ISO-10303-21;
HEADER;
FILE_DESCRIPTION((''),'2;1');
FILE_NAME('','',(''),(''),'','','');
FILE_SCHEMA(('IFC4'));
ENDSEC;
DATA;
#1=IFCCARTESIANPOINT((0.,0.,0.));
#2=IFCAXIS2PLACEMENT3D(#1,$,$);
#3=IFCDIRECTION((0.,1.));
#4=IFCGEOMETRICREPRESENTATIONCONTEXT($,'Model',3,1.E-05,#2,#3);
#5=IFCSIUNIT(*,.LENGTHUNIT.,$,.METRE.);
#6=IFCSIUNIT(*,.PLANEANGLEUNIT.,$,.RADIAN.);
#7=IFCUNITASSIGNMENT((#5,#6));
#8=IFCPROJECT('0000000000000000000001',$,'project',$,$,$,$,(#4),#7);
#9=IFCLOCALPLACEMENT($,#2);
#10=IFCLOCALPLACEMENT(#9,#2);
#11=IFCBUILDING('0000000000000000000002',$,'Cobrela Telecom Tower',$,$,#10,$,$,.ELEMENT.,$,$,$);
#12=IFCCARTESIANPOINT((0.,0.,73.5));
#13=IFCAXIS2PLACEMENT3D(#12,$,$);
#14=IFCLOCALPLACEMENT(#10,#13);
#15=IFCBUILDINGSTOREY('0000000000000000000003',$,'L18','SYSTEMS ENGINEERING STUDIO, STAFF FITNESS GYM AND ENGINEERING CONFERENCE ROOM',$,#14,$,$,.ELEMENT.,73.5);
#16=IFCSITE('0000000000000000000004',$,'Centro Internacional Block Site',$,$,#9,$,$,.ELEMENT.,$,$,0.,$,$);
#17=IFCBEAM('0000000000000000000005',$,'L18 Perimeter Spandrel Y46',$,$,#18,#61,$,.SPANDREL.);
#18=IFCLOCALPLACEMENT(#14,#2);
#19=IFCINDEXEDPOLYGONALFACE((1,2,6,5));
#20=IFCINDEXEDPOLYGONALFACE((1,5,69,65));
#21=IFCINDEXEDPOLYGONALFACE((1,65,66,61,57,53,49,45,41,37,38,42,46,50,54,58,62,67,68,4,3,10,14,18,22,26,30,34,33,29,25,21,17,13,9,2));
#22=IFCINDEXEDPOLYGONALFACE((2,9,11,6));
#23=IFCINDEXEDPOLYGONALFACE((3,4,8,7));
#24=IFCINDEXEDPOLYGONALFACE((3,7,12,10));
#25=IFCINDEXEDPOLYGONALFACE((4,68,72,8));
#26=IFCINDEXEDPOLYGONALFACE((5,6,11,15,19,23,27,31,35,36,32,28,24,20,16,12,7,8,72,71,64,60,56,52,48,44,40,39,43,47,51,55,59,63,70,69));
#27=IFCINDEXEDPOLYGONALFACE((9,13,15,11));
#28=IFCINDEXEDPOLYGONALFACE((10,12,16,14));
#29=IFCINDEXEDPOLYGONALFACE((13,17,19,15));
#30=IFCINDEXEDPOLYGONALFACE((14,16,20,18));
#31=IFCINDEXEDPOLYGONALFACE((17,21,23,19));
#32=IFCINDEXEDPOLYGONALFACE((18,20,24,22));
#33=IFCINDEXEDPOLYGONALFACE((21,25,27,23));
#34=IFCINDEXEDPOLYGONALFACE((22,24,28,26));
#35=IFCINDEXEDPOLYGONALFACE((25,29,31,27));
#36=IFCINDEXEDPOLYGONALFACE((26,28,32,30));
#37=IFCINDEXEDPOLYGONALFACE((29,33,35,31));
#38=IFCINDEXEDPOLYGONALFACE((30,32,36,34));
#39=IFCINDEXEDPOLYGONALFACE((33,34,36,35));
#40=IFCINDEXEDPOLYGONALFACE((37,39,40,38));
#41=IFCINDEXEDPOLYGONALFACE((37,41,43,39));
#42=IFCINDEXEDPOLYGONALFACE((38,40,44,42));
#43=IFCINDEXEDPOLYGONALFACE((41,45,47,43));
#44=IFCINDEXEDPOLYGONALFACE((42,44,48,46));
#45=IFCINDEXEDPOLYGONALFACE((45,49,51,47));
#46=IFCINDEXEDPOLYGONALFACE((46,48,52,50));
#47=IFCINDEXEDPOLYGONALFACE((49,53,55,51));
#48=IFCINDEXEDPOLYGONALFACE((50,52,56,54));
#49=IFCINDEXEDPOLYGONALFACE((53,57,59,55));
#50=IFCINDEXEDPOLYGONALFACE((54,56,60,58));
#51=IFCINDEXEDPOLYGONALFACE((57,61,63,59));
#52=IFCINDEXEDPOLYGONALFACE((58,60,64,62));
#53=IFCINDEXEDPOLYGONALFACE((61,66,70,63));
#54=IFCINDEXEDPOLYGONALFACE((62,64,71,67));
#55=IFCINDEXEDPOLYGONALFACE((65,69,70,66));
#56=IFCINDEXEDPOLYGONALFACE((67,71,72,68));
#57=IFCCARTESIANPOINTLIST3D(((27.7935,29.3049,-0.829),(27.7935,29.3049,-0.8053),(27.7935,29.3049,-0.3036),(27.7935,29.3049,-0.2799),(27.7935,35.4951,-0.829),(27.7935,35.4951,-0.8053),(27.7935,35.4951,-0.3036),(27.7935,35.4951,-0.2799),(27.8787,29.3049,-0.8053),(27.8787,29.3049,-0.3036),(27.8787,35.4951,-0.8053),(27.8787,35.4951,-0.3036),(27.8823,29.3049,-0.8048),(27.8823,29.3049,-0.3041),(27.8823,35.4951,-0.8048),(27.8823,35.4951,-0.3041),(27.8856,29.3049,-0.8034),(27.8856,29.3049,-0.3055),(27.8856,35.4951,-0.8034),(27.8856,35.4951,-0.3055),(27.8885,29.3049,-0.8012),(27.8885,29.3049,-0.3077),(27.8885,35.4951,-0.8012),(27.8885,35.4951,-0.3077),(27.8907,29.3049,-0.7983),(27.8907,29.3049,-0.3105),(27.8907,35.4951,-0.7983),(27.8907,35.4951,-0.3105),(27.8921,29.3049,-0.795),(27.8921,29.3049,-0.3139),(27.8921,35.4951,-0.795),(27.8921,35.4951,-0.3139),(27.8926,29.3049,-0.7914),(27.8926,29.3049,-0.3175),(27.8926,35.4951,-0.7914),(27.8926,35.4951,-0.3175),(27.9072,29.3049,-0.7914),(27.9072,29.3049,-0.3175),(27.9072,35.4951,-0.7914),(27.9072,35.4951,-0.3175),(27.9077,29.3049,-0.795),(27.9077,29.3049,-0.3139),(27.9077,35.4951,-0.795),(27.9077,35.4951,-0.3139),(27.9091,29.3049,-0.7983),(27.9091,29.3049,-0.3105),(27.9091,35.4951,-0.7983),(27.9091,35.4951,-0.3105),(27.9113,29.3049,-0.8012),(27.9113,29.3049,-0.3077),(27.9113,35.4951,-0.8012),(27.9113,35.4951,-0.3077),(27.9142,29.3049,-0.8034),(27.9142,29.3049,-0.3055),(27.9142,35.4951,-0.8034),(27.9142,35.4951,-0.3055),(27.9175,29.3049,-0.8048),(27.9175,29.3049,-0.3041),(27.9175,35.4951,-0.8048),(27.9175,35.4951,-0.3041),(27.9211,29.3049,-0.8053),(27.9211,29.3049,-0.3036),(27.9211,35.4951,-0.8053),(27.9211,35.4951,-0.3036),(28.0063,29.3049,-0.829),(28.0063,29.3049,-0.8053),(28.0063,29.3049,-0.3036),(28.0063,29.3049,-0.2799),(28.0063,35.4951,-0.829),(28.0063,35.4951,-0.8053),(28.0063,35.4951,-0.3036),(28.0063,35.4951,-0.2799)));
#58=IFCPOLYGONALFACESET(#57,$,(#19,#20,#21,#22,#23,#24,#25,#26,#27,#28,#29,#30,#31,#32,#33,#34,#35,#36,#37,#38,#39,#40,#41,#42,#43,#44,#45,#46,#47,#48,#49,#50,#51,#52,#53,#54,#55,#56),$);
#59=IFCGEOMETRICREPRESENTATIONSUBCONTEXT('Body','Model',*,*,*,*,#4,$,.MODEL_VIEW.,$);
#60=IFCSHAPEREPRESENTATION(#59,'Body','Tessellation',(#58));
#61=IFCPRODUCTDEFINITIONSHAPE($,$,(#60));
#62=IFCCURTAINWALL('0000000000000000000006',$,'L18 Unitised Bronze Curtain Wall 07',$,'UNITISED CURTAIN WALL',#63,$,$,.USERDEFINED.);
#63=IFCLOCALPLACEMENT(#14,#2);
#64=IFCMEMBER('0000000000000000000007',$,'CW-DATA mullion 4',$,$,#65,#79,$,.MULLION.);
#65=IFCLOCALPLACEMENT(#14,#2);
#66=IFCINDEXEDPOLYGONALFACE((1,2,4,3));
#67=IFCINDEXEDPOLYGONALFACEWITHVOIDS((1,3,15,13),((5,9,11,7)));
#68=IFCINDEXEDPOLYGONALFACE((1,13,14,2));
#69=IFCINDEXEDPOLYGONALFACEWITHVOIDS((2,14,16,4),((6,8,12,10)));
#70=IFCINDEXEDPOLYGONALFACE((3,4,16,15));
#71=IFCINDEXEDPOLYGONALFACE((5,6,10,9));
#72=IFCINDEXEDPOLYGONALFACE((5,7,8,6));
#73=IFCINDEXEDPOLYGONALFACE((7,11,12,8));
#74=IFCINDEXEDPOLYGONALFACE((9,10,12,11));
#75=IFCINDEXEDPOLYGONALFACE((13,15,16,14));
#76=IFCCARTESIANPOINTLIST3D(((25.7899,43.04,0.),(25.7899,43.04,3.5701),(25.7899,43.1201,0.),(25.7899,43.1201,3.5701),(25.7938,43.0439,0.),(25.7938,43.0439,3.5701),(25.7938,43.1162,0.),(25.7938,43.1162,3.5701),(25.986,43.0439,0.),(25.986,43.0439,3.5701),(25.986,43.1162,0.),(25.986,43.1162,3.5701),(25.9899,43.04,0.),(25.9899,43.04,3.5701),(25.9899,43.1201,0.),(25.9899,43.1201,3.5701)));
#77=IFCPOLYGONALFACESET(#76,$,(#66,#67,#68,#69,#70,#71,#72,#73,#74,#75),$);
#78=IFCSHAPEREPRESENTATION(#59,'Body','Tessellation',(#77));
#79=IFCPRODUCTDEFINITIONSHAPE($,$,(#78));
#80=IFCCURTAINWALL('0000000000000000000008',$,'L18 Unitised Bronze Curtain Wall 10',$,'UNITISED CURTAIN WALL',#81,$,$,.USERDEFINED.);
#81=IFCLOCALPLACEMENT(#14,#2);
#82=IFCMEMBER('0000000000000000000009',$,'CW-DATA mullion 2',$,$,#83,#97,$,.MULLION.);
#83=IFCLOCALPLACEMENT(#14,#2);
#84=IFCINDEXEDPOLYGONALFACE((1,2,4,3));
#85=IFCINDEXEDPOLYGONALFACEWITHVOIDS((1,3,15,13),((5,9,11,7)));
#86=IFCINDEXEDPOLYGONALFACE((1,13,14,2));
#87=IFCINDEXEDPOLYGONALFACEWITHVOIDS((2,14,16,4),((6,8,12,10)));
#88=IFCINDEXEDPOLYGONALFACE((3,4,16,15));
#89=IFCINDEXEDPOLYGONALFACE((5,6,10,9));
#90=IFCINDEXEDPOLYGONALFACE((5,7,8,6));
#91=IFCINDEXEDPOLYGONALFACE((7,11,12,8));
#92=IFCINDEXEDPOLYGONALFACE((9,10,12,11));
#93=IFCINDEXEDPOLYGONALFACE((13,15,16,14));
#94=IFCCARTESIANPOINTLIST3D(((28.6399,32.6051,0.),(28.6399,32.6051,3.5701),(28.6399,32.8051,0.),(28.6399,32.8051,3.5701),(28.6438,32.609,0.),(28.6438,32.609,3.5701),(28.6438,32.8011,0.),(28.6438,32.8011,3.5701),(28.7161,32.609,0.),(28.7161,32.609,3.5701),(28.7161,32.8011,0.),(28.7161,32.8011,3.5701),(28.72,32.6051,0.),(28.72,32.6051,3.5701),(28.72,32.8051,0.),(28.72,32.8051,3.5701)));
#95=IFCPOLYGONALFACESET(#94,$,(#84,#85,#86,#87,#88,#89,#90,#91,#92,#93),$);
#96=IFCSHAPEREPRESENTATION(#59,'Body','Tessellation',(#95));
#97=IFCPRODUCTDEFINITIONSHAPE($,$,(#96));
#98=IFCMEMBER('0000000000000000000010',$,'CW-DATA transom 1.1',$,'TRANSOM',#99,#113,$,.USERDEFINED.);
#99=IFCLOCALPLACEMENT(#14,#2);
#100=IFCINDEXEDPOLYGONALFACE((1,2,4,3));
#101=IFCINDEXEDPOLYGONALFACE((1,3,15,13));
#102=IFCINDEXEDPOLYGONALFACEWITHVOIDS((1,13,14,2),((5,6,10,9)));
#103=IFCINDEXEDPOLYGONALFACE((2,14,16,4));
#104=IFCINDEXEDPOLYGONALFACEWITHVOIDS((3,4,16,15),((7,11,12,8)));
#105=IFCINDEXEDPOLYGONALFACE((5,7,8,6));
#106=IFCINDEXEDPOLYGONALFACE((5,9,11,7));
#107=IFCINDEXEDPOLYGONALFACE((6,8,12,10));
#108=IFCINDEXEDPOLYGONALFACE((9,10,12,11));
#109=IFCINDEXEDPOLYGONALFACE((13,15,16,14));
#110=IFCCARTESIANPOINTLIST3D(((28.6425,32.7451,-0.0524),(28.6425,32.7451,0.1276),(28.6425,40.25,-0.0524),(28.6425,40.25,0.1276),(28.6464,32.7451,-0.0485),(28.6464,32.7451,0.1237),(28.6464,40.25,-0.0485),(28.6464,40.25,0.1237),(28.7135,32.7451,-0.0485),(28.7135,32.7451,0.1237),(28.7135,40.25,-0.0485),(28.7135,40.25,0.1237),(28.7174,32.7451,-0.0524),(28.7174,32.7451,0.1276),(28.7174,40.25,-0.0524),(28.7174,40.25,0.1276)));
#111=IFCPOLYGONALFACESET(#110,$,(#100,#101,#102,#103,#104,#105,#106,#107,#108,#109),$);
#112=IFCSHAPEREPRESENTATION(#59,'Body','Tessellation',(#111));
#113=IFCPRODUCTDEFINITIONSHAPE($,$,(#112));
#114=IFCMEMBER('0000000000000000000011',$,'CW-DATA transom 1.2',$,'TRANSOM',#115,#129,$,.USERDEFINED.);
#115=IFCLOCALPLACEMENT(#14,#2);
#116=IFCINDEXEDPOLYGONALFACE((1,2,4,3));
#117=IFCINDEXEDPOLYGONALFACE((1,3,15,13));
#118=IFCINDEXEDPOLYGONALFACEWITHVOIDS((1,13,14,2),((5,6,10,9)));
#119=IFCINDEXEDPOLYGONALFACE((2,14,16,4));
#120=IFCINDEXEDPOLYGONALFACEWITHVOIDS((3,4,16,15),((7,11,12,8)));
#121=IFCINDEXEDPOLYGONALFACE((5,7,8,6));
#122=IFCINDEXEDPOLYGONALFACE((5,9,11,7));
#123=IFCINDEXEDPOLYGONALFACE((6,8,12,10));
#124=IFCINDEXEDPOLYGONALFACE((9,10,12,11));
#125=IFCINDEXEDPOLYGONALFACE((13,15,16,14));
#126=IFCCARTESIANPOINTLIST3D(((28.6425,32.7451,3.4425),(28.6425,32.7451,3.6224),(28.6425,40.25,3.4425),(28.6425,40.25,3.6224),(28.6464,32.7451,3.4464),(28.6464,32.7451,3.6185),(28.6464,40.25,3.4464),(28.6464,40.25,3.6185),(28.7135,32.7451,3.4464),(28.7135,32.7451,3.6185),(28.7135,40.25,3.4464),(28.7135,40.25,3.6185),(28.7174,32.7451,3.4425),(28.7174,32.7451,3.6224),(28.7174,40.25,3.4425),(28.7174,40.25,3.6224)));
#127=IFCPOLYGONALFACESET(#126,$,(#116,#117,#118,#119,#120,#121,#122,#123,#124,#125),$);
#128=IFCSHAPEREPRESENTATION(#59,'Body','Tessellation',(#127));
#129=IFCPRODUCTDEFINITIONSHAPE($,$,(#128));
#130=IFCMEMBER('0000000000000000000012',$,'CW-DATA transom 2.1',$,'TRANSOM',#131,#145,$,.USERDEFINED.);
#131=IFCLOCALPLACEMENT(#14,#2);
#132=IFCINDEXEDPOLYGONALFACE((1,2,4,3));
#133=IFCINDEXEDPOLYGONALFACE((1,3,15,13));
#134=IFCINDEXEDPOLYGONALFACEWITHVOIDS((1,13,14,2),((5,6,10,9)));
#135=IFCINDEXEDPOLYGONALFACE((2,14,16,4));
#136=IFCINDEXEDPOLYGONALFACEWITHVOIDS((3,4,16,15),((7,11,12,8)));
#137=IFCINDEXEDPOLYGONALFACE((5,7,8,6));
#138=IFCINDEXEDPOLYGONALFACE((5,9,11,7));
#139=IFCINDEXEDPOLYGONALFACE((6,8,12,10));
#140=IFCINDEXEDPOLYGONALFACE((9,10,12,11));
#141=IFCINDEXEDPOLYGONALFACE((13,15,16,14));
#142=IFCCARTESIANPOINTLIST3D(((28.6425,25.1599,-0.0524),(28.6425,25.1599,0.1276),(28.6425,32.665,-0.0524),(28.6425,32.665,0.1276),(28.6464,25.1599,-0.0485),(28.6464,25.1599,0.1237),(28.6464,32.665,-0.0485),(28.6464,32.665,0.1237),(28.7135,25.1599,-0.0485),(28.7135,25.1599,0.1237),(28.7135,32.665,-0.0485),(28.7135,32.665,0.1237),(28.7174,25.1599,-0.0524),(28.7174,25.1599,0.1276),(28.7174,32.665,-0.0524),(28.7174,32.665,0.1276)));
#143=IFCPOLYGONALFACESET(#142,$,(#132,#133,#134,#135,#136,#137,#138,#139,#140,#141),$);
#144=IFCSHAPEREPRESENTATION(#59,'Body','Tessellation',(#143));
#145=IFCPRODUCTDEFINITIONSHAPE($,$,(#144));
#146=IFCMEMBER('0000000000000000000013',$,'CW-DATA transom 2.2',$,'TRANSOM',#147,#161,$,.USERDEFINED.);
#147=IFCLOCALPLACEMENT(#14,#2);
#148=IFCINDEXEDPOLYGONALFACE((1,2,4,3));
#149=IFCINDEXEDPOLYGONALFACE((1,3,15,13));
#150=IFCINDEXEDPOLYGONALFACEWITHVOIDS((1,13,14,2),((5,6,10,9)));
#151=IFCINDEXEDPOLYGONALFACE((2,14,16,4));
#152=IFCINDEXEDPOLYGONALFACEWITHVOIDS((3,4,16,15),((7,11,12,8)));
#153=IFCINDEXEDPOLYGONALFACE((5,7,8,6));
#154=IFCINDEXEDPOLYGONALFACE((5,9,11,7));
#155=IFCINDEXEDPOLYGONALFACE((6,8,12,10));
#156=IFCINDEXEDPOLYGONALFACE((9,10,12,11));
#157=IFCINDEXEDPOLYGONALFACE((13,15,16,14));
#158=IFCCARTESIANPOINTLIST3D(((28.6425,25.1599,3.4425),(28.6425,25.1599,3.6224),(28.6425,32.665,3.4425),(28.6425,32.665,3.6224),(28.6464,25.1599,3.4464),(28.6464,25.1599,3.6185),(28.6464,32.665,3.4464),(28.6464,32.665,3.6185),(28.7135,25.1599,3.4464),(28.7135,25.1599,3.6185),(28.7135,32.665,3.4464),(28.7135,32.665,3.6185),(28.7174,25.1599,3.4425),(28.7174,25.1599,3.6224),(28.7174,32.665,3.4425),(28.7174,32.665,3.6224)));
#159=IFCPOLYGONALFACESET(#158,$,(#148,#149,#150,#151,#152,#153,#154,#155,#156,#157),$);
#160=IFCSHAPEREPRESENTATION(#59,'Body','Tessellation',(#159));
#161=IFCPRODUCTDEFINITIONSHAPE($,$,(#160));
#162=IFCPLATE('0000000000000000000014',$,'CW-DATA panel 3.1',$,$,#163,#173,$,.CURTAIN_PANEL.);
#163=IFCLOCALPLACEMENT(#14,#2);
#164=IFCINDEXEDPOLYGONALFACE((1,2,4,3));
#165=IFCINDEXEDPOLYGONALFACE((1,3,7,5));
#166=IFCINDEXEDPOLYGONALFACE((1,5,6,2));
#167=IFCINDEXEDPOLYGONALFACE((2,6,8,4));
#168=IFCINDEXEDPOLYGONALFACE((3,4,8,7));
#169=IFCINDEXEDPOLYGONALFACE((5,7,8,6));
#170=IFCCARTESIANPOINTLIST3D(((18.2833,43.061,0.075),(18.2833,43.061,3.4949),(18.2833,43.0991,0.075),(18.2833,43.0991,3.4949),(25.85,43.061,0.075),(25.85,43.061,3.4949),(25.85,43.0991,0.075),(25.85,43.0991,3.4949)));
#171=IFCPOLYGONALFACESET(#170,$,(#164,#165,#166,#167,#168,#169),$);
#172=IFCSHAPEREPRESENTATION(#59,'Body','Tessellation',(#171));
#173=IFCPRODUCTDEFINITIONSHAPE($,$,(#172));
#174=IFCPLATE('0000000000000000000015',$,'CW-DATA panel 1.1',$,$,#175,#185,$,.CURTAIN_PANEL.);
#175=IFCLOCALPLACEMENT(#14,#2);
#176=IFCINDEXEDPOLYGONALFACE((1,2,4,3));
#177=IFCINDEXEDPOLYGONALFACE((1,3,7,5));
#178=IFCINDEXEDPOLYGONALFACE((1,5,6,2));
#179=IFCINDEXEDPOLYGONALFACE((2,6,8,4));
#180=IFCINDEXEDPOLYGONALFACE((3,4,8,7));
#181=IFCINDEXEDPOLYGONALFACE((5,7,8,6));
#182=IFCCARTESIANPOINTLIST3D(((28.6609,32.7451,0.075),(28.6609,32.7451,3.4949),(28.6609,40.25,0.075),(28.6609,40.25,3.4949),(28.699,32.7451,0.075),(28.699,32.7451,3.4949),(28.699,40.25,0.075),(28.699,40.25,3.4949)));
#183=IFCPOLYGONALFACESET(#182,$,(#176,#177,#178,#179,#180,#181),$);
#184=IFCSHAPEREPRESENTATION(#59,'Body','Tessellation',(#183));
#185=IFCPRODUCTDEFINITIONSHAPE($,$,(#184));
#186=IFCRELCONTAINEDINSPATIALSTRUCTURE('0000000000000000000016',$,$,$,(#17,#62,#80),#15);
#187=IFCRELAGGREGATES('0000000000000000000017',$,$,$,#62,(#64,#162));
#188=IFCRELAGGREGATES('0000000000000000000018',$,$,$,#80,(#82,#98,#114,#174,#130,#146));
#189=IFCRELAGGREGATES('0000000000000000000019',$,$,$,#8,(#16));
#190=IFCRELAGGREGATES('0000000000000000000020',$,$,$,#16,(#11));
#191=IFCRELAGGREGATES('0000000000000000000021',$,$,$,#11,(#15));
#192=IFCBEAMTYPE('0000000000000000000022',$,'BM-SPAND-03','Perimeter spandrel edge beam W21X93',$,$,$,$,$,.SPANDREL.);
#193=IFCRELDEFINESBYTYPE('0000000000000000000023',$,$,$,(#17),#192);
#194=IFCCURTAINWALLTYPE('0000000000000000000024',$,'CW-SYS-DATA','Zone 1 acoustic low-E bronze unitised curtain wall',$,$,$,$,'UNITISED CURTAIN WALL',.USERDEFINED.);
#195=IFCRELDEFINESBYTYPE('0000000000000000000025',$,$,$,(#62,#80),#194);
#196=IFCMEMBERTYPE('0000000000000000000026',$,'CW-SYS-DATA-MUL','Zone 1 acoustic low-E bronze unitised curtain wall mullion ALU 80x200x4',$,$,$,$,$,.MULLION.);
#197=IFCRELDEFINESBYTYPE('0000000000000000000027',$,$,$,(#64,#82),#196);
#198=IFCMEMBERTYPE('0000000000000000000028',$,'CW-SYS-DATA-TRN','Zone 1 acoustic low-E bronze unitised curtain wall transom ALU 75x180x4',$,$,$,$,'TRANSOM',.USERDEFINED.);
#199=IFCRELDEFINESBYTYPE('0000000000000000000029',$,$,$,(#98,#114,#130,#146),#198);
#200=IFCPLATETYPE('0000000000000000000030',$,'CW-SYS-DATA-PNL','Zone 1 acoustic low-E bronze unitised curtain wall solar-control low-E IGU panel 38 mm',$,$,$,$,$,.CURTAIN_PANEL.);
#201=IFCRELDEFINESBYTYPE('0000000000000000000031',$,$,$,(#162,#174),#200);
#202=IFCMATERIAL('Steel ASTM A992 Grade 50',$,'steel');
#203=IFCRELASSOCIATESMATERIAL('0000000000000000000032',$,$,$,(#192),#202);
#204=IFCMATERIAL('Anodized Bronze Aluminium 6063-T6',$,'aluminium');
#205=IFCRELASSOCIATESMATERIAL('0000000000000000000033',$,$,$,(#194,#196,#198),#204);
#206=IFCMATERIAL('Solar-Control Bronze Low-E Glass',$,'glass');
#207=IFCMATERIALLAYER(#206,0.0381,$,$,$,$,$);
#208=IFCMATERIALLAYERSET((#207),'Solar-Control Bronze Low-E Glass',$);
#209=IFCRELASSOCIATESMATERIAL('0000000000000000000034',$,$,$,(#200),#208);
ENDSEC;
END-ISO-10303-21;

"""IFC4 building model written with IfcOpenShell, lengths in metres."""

from ifc_helpers import new_model, si_unit, direction, frame, origin, origin_2d, place, context, subcontext, project, spatial, rectangle, hollow_rectangle, i_section, extrude, material, layer, layer_set, material_profile, profile_set, type_object, element, aggregate, save


model = new_model("IFC4")

# Units and contexts
model_context = context("Model", 3, precision=1e-05, world=origin(), true_north=direction((0.0, 1.0)))
body_context = subcontext(model_context, "Body", "Model", "MODEL_VIEW")
ifc_project = project(units=[si_unit("LENGTHUNIT", "METRE"), si_unit("PLANEANGLEUNIT", "RADIAN")], contexts=[model_context])

# Site, building, storey
site_placement = place(None, origin())
site = spatial("IfcSite", under=ifc_project, at=site_placement, Name="Centro Internacional Block Site", CompositionType="ELEMENT", RefElevation=0.0)
building_placement = place(site_placement, origin())
building = spatial("IfcBuilding", under=site, at=building_placement, Name="Cobrela Telecom Tower", CompositionType="ELEMENT")
storey_placement = place(building_placement, frame((0.0, 0.0, 73.5)))
storey = spatial("IfcBuildingStorey", under=building, at=storey_placement, Name="L18", Description="SYSTEMS ENGINEERING STUDIO, STAFF FITNESS GYM AND ENGINEERING CONFERENCE ROOM", CompositionType="ELEMENT", Elevation=73.5)

# Shared definitions
ifc_material_1 = material(Name="Steel ASTM A992 Grade 50", Category="steel")

# Beam
ifc_material_profile_1 = material_profile(ifc_material_1, i_section(OverallWidth=0.2129, OverallDepth=0.5491, WebThickness=0.0146, FlangeThickness=0.0237, FilletRadius=0.0139, at=origin_2d()), Name="W21X93")
ifc_profile_set_1 = profile_set([ifc_material_profile_1], Name="Steel ASTM A992 Grade 50")
beam_type_1 = type_object("IfcBeamType", Name="BM-SPAND-03", Description="Perimeter spandrel edge beam W21X93", PredefinedType="SPANDREL", material=ifc_profile_set_1)
beam_1_placement = place(storey_placement, frame((27.8999, 29.3049, -0.5544), z_axis=(0.0, 1.0, 0.0), x_axis=(-1.0, 0.0, 0.0)))
element("IfcBeam", 1, at=beam_1_placement, inside=storey, type_object=beam_type_1, Name="L18 Perimeter Spandrel Y46", PredefinedType="SPANDREL", context=body_context, shape_type="SweptSolid", body=[
    extrude(i_section(OverallWidth=0.2129, OverallDepth=0.5491, WebThickness=0.0146, FlangeThickness=0.0237, FilletRadius=0.0139, at=origin_2d()), origin(), (0.0, 0.0, 1.0), 6.1902),
])

# Curtain wall, member
ifc_material_2 = material(Name="Anodized Bronze Aluminium 6063-T6", Category="aluminium")
curtain_wall_type = type_object("IfcCurtainWallType", Name="CW-SYS-DATA", Description="Zone 1 acoustic low-E bronze unitised curtain wall", ElementType="UNITISED CURTAIN WALL", PredefinedType="USERDEFINED", material=ifc_material_2)
curtain_wall_1_placement = place(storey_placement, origin())
curtain_wall_1 = element("IfcCurtainWall", 2, at=curtain_wall_1_placement, inside=storey, type_object=curtain_wall_type, Name="L18 Unitised Bronze Curtain Wall 07", ObjectType="UNITISED CURTAIN WALL", PredefinedType="USERDEFINED")
ifc_material_profile_2 = material_profile(ifc_material_2, hollow_rectangle(XDim=0.0801, YDim=0.2, WallThickness=0.0039, at=origin_2d()), Name="ALU 80x200x4")
ifc_profile_set_2 = profile_set([ifc_material_profile_2], Name="Anodized Bronze Aluminium 6063-T6")
member_type_1 = type_object("IfcMemberType", Name="CW-SYS-DATA-MUL", Description="Zone 1 acoustic low-E bronze unitised curtain wall mullion ALU 80x200x4", PredefinedType="MULLION", material=ifc_profile_set_2)
member_1_placement = place(storey_placement, frame((25.8899, 43.0801, 0.0), z_axis=(0.0, 0.0, 1.0), x_axis=(0.0, 1.0, 0.0)))
member_1 = element("IfcMember", 3, at=member_1_placement, type_object=member_type_1, Name="CW-DATA mullion 4", PredefinedType="MULLION", context=body_context, shape_type="SweptSolid", body=[
    extrude(hollow_rectangle(XDim=0.0801, YDim=0.2, WallThickness=0.0039, at=origin_2d()), origin(), (0.0, 0.0, 1.0), 3.5701),
])

# Curtain wall, members
curtain_wall_2_placement = place(storey_placement, origin())
curtain_wall_2 = element("IfcCurtainWall", 4, at=curtain_wall_2_placement, inside=storey, type_object=curtain_wall_type, Name="L18 Unitised Bronze Curtain Wall 10", ObjectType="UNITISED CURTAIN WALL", PredefinedType="USERDEFINED")
member_2_placement = place(storey_placement, frame((28.6799, 32.7051, 0.0), z_axis=(0.0, 0.0, 1.0), x_axis=(1.0, 0.0, 0.0)))
member_2 = element("IfcMember", 5, at=member_2_placement, type_object=member_type_1, Name="CW-DATA mullion 2", PredefinedType="MULLION", context=body_context, shape_type="SweptSolid", body=[
    extrude(hollow_rectangle(XDim=0.0801, YDim=0.2, WallThickness=0.0039, at=origin_2d()), origin(), (0.0, 0.0, 1.0), 3.5701),
])
ifc_material_profile_3 = material_profile(ifc_material_2, hollow_rectangle(XDim=0.075, YDim=0.1799, WallThickness=0.0039, at=origin_2d()), Name="ALU 75x180x4")
ifc_profile_set_3 = profile_set([ifc_material_profile_3], Name="Anodized Bronze Aluminium 6063-T6")
member_type_2 = type_object("IfcMemberType", Name="CW-SYS-DATA-TRN", Description="Zone 1 acoustic low-E bronze unitised curtain wall transom ALU 75x180x4", ElementType="TRANSOM", PredefinedType="USERDEFINED", material=ifc_profile_set_3)
member_3_placement = place(storey_placement, frame((28.6799, 40.25, 0.0376), z_axis=(0.0, -1.0, 0.0), x_axis=(1.0, 0.0, 0.0)))
member_3 = element("IfcMember", 6, at=member_3_placement, type_object=member_type_2, Name="CW-DATA transom 1.1", ObjectType="TRANSOM", PredefinedType="USERDEFINED", context=body_context, shape_type="SweptSolid", body=[
    extrude(hollow_rectangle(XDim=0.075, YDim=0.1799, WallThickness=0.0039, at=origin_2d()), origin(), (0.0, 0.0, 1.0), 7.5049),
])
member_4_placement = place(storey_placement, frame((28.6799, 40.25, 3.5325), z_axis=(0.0, -1.0, 0.0), x_axis=(1.0, 0.0, 0.0)))
member_4 = element("IfcMember", 7, at=member_4_placement, type_object=member_type_2, Name="CW-DATA transom 1.2", ObjectType="TRANSOM", PredefinedType="USERDEFINED", context=body_context, shape_type="SweptSolid", body=[
    extrude(hollow_rectangle(XDim=0.075, YDim=0.1799, WallThickness=0.0039, at=origin_2d()), origin(), (0.0, 0.0, 1.0), 7.5049),
])
member_5_placement = place(storey_placement, frame((28.6799, 32.665, 0.0376), z_axis=(0.0, -1.0, 0.0), x_axis=(1.0, 0.0, 0.0)))
member_5 = element("IfcMember", 8, at=member_5_placement, type_object=member_type_2, Name="CW-DATA transom 2.1", ObjectType="TRANSOM", PredefinedType="USERDEFINED", context=body_context, shape_type="SweptSolid", body=[
    extrude(hollow_rectangle(XDim=0.075, YDim=0.1799, WallThickness=0.0039, at=origin_2d()), origin(), (0.0, 0.0, 1.0), 7.5051),
])
member_6_placement = place(storey_placement, frame((28.6799, 32.665, 3.5325), z_axis=(0.0, -1.0, 0.0), x_axis=(1.0, 0.0, 0.0)))
member_6 = element("IfcMember", 9, at=member_6_placement, type_object=member_type_2, Name="CW-DATA transom 2.2", ObjectType="TRANSOM", PredefinedType="USERDEFINED", context=body_context, shape_type="SweptSolid", body=[
    extrude(hollow_rectangle(XDim=0.075, YDim=0.1799, WallThickness=0.0039, at=origin_2d()), origin(), (0.0, 0.0, 1.0), 7.5051),
])

# Plates
ifc_material_3 = material(Name="Solar-Control Bronze Low-E Glass", Category="glass")
ifc_layer_1 = layer(ifc_material_3, 0.0381)
ifc_layer_set_1 = layer_set([ifc_layer_1], Name="Solar-Control Bronze Low-E Glass")
plate_type = type_object("IfcPlateType", Name="CW-SYS-DATA-PNL", Description="Zone 1 acoustic low-E bronze unitised curtain wall solar-control low-E IGU panel 38 mm", PredefinedType="CURTAIN_PANEL", material=ifc_layer_set_1)
plate_1_placement = place(storey_placement, frame((22.0667, 43.0801, 0.075), z_axis=(0.0, 0.0, 1.0), x_axis=(1.0, 0.0, 0.0)))
plate_1 = element("IfcPlate", 10, at=plate_1_placement, type_object=plate_type, Name="CW-DATA panel 3.1", PredefinedType="CURTAIN_PANEL", context=body_context, shape_type="SweptSolid", body=[
    extrude(rectangle(XDim=7.5667, YDim=0.0381, at=origin_2d()), origin(), (0.0, 0.0, 1.0), 3.4199),
])
aggregate(curtain_wall_1, [member_1, plate_1])
plate_2_placement = place(storey_placement, frame((28.6799, 36.4976, 0.075), z_axis=(0.0, 0.0, 1.0), x_axis=(0.0, -1.0, 0.0)))
plate_2 = element("IfcPlate", 11, at=plate_2_placement, type_object=plate_type, Name="CW-DATA panel 1.1", PredefinedType="CURTAIN_PANEL", context=body_context, shape_type="SweptSolid", body=[
    extrude(rectangle(XDim=7.5049, YDim=0.0381, at=origin_2d()), origin(), (0.0, 0.0, 1.0), 3.4199),
])
aggregate(curtain_wall_2, [member_2, member_3, member_4, plate_2, member_5, member_6])

save(model, "model.ifc")
